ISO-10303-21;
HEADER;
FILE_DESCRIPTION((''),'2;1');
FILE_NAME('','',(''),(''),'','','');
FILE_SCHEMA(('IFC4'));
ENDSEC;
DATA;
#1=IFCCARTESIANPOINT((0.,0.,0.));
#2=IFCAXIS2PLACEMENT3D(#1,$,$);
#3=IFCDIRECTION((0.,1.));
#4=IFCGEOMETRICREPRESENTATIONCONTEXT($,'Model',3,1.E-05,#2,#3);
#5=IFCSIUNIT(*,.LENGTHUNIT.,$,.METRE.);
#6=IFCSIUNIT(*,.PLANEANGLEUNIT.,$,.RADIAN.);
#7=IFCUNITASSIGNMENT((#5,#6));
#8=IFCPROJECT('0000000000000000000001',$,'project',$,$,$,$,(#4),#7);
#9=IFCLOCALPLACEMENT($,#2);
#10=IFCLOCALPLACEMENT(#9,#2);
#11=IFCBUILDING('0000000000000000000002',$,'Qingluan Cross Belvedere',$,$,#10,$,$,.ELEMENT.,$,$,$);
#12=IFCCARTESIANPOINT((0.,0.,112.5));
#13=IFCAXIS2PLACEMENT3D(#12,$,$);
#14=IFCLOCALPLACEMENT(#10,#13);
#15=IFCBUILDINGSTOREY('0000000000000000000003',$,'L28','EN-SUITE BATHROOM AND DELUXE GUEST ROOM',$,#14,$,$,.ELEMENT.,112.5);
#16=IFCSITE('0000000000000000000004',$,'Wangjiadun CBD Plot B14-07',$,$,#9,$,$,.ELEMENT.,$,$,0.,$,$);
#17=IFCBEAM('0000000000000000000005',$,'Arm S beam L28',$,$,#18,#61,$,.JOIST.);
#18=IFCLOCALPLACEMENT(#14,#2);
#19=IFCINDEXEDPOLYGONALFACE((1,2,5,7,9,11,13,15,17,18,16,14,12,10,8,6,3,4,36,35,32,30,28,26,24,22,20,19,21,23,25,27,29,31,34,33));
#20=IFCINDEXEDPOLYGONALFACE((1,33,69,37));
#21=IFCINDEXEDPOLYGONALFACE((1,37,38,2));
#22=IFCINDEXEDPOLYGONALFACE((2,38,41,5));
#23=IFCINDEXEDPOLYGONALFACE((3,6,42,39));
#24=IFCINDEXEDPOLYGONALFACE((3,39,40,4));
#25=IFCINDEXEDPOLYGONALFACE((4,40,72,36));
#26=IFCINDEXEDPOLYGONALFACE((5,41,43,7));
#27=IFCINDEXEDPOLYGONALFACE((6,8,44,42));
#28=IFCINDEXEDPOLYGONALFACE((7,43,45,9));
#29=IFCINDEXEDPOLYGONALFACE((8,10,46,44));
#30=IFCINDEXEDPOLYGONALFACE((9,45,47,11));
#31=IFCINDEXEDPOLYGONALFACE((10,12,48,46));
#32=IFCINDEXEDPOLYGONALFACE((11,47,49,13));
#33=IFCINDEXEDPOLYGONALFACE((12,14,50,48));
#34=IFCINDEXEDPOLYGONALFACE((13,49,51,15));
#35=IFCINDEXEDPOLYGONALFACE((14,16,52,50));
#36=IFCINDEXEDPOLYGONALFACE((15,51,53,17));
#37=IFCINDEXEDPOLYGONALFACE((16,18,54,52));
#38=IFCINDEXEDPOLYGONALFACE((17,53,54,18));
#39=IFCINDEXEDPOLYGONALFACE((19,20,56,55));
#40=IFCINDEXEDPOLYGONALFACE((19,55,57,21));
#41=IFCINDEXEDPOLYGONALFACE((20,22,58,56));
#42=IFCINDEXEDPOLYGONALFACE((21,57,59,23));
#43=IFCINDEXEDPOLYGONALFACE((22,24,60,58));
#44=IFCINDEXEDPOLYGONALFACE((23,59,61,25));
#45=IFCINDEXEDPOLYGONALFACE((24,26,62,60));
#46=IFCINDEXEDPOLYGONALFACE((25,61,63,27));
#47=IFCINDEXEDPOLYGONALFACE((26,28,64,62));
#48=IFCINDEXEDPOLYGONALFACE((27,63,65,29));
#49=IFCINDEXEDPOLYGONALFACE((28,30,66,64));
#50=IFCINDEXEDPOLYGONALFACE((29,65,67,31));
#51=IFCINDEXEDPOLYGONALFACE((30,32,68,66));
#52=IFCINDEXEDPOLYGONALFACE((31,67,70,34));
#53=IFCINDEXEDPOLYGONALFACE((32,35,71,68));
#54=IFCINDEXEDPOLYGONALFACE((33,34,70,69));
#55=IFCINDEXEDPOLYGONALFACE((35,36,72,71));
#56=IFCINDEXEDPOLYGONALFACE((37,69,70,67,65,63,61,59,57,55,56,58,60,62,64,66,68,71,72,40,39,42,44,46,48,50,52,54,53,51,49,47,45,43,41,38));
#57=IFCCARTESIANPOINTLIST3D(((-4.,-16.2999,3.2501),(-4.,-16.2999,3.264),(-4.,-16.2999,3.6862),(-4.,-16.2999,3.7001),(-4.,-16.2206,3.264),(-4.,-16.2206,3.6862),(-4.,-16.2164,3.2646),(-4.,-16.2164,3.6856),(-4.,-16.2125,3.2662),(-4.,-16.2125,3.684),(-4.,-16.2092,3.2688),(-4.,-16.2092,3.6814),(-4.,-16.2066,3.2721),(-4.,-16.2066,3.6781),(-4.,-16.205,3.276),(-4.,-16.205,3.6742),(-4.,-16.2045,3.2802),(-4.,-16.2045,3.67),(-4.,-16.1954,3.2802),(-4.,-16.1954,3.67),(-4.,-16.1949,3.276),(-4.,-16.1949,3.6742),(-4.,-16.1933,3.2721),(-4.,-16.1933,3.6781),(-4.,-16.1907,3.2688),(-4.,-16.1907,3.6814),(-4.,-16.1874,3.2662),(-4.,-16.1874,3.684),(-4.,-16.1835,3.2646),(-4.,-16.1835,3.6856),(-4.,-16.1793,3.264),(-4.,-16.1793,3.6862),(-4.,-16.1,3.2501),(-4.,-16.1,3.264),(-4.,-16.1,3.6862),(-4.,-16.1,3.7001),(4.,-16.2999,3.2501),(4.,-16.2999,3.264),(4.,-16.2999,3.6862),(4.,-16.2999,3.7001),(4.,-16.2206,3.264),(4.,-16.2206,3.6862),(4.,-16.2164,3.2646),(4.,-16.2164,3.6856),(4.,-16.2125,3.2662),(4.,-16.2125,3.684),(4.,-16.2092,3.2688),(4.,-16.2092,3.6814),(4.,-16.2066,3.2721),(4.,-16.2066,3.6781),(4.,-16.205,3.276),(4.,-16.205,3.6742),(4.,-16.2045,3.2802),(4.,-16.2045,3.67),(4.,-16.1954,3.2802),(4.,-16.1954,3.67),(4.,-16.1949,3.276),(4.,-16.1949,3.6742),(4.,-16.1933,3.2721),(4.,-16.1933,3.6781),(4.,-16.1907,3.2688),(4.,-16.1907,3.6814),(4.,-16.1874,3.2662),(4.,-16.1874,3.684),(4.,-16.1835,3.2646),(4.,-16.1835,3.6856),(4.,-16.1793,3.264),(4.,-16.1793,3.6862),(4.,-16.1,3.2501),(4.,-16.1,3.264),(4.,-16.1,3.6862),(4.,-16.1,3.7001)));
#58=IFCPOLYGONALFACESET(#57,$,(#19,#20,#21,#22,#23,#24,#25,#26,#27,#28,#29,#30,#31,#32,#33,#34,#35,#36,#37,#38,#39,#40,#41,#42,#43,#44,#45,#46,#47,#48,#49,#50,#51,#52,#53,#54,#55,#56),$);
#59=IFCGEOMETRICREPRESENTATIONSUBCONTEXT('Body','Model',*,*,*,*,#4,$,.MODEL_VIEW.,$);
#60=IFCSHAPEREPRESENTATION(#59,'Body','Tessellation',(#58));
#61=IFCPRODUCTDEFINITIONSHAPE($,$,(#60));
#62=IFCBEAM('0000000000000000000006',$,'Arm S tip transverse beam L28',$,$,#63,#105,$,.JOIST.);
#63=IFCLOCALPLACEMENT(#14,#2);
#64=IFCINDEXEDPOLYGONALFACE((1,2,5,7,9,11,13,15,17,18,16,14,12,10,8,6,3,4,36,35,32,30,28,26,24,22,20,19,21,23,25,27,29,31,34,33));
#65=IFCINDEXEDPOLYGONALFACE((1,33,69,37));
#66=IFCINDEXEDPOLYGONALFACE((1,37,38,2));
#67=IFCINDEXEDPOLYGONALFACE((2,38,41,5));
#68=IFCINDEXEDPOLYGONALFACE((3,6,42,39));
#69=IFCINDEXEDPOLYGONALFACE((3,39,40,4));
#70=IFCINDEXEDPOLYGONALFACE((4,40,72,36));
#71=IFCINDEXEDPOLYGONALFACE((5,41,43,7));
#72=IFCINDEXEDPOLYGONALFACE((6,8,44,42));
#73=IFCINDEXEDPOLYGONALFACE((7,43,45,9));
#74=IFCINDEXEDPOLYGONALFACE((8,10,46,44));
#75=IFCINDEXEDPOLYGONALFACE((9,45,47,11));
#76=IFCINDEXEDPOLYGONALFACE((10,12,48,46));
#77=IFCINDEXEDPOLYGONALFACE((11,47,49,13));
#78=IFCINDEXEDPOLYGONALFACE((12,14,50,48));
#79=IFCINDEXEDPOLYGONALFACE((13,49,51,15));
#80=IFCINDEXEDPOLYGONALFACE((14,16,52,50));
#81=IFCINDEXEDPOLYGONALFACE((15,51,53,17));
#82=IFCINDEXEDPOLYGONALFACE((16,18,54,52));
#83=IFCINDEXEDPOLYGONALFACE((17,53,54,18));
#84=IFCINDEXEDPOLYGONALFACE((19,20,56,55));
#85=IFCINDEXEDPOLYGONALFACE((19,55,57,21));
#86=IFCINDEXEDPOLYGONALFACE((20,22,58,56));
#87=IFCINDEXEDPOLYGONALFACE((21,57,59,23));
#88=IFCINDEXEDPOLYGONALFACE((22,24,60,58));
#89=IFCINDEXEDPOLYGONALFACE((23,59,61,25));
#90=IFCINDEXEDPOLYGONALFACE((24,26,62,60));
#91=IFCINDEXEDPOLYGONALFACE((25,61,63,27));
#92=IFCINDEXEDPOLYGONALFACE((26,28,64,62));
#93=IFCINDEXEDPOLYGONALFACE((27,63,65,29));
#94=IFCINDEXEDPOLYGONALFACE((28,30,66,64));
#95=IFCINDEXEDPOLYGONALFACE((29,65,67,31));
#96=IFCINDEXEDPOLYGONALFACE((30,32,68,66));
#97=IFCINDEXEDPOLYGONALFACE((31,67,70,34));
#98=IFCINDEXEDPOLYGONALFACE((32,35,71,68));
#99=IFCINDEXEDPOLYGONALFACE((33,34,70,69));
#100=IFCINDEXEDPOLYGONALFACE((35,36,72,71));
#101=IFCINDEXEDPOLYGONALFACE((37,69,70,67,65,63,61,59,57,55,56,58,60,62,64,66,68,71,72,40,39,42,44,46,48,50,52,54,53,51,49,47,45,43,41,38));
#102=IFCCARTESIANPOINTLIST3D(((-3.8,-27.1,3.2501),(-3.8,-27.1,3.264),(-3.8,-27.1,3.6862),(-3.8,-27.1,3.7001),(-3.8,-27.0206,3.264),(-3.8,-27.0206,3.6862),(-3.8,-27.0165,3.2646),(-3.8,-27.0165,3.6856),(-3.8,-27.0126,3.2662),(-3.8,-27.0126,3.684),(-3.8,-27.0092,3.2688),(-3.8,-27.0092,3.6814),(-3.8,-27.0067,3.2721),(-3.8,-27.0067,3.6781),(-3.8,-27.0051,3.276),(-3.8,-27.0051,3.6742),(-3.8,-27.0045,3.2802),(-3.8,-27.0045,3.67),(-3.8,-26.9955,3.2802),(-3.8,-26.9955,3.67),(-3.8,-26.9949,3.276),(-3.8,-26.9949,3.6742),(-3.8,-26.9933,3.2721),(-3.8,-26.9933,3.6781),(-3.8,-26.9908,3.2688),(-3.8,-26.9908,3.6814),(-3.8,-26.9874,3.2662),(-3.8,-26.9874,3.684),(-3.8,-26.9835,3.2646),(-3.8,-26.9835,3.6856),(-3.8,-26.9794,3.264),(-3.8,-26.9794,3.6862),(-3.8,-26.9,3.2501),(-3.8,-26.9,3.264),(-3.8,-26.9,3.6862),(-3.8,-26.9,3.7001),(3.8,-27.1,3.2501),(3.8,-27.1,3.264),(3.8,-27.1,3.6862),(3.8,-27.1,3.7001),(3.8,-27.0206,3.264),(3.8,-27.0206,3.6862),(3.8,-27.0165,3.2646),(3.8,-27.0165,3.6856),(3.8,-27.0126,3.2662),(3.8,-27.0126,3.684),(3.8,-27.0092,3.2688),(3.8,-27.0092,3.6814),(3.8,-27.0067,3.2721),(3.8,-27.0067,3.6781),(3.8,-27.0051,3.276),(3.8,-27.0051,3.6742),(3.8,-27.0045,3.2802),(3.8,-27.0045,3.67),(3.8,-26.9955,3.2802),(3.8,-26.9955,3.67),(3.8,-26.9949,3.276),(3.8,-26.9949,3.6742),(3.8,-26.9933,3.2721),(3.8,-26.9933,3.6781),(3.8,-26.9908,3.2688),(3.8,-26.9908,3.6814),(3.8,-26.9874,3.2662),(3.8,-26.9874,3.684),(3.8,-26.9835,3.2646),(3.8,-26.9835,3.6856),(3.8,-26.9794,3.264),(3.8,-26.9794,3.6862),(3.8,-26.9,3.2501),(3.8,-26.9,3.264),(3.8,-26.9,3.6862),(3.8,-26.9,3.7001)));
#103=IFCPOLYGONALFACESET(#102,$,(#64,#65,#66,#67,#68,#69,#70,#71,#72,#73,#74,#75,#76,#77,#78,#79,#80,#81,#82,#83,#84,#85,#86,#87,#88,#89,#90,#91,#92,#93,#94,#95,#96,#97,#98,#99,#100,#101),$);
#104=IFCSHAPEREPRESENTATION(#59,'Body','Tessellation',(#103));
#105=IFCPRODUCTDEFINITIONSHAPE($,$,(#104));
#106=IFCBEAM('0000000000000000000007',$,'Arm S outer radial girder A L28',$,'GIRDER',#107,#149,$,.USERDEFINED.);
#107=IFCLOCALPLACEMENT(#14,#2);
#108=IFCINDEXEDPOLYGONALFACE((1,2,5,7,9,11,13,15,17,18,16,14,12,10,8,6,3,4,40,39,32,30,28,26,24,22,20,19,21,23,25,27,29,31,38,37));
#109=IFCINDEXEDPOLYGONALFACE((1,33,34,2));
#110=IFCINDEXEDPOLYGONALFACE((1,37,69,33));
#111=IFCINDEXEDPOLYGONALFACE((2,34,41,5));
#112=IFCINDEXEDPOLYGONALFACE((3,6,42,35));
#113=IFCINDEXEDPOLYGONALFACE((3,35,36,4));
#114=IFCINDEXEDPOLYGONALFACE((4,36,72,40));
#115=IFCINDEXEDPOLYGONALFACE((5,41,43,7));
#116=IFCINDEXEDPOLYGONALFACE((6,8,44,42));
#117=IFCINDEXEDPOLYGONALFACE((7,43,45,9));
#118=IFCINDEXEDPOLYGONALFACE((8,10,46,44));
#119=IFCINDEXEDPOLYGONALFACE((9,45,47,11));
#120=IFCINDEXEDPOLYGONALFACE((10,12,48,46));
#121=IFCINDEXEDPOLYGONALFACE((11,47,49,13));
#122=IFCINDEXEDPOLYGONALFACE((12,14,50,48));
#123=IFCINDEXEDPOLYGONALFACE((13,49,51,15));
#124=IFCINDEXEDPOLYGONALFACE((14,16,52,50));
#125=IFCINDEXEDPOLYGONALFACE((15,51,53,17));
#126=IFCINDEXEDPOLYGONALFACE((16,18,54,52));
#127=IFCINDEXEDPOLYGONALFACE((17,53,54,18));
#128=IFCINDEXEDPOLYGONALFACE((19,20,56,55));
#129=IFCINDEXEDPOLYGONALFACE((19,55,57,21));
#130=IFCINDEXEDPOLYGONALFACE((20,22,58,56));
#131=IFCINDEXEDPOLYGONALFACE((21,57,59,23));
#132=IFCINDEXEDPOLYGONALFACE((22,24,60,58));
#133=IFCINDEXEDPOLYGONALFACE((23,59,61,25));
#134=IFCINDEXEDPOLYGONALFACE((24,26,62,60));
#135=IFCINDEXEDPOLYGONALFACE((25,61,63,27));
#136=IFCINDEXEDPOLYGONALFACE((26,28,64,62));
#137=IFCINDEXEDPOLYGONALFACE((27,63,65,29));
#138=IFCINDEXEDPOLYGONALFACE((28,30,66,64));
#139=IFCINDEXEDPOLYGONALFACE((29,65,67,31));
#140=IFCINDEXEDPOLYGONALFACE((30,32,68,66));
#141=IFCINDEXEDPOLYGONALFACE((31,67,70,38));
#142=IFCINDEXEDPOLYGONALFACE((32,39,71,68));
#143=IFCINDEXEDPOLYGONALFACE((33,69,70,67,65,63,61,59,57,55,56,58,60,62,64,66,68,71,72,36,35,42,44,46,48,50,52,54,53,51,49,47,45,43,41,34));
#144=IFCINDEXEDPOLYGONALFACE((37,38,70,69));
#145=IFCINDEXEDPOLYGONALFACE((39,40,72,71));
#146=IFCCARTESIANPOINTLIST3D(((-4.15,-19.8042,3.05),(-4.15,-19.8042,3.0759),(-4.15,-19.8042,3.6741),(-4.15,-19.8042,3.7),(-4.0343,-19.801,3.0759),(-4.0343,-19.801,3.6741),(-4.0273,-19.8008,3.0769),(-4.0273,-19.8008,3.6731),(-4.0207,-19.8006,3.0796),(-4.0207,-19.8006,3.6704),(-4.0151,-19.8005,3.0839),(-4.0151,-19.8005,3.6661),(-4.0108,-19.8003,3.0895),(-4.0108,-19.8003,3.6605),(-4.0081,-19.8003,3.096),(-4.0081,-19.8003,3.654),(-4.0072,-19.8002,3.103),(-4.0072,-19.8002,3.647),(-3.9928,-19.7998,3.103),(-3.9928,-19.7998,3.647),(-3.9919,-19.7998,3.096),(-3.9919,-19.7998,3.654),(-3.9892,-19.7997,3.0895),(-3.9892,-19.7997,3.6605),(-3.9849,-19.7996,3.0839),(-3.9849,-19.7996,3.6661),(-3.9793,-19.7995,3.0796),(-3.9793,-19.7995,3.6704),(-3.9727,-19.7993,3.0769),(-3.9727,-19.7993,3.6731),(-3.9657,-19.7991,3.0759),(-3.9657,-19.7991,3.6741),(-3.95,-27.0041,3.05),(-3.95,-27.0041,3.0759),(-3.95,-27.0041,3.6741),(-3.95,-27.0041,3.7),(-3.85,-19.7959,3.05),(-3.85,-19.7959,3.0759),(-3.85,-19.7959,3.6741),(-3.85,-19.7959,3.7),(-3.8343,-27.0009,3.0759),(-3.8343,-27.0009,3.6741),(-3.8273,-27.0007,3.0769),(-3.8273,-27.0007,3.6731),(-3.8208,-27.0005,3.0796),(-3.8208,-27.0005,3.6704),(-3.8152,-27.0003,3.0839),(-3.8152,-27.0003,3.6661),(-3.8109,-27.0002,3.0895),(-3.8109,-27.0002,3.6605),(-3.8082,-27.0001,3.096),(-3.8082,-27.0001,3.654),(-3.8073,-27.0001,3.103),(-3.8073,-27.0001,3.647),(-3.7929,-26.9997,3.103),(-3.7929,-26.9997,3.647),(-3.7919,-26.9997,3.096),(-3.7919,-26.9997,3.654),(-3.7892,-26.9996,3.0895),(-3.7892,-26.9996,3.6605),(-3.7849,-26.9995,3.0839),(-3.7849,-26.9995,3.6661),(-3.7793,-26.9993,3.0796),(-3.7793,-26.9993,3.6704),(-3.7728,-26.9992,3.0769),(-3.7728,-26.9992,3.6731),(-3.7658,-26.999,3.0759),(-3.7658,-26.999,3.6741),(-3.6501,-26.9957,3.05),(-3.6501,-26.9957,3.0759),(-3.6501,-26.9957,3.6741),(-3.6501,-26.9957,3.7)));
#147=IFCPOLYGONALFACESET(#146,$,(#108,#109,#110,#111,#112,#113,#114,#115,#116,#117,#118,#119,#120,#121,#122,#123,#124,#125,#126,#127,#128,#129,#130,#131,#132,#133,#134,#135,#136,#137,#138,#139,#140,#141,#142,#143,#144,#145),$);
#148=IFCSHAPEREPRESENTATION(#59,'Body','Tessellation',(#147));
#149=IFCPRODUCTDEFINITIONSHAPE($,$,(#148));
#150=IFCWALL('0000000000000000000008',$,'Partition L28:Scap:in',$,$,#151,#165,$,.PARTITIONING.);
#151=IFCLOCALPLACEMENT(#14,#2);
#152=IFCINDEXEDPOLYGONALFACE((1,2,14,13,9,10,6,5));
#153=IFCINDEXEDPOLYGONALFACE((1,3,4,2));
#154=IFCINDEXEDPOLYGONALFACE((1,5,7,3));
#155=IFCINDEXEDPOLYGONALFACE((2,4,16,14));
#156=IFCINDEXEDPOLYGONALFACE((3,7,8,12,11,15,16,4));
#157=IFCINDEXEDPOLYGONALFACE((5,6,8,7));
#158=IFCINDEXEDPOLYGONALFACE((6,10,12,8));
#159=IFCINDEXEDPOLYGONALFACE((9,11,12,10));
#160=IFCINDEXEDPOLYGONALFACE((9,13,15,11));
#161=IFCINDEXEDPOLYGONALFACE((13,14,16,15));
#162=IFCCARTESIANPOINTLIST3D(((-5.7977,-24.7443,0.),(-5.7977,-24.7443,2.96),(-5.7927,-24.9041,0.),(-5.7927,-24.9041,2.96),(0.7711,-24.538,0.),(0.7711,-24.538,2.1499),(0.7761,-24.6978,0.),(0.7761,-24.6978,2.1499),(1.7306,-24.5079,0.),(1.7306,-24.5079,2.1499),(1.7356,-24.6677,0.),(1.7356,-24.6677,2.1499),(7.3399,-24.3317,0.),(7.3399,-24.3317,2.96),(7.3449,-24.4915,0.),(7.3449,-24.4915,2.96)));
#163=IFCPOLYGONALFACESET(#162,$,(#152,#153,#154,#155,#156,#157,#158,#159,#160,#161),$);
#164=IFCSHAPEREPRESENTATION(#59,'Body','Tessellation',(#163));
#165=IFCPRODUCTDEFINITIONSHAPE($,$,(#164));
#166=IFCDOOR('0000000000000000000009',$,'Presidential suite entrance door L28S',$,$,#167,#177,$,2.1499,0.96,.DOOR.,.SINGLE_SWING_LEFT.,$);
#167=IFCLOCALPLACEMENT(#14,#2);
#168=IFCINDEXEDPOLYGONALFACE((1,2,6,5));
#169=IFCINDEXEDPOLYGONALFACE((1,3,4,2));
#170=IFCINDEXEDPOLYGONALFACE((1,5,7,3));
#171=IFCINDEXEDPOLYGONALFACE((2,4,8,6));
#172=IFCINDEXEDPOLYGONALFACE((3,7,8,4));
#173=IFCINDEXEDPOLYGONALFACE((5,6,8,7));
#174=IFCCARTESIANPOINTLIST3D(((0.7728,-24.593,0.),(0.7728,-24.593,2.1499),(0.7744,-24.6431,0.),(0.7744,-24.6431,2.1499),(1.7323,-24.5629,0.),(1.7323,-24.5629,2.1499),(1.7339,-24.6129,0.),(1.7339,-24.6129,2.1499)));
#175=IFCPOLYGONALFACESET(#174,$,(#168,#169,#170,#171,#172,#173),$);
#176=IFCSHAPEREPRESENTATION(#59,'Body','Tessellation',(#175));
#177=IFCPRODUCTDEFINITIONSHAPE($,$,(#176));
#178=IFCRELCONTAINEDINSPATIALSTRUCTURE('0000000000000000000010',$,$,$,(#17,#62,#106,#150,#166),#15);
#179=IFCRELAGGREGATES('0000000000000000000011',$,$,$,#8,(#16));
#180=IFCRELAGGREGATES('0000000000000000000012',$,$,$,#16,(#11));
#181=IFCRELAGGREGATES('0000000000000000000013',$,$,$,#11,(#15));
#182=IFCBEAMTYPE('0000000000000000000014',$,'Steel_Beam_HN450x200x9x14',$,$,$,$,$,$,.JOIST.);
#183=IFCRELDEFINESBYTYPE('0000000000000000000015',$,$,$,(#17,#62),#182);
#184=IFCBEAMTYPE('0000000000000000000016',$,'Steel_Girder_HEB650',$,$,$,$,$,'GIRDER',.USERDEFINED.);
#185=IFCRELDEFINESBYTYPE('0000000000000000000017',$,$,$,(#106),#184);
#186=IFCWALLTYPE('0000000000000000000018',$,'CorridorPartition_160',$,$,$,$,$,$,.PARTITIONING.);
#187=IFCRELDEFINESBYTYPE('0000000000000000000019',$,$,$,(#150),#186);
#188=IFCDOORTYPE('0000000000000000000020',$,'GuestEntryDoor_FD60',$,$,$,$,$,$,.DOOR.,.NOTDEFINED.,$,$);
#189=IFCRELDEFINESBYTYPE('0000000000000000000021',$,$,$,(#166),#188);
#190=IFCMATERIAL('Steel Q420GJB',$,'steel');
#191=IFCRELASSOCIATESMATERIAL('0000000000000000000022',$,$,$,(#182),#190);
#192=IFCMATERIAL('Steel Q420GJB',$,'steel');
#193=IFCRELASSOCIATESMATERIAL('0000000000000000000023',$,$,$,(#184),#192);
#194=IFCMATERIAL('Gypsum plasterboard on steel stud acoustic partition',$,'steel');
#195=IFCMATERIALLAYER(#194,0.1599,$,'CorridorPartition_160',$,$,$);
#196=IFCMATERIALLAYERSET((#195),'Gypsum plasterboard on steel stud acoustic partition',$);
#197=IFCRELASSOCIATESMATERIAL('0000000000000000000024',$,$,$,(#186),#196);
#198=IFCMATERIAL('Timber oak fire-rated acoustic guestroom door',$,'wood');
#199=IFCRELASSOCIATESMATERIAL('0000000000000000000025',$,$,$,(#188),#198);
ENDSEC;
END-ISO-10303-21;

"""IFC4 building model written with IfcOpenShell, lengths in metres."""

from ifc_helpers import new_model, si_unit, direction, frame, frame_2d, origin, origin_2d, place, context, subcontext, project, spatial, rectangle, i_section, extrude, material, layer, layer_set, material_profile, profile_set, type_object, element, fill, save


model = new_model("IFC4")

# Units and contexts
model_context = context("Model", 3, precision=1e-05, world=origin(), true_north=direction((0.0, 1.0)))
body_context = subcontext(model_context, "Body", "Model", "MODEL_VIEW")
ifc_project = project(units=[si_unit("LENGTHUNIT", "METRE"), si_unit("PLANEANGLEUNIT", "RADIAN")], contexts=[model_context])

# Site, building, storey
site_placement = place(None, origin())
site = spatial("IfcSite", under=ifc_project, at=site_placement, Name="Wangjiadun CBD Plot B14-07", CompositionType="ELEMENT", RefElevation=0.0)
building_placement = place(site_placement, origin())
building = spatial("IfcBuilding", under=site, at=building_placement, Name="Qingluan Cross Belvedere", CompositionType="ELEMENT")
storey_placement = place(building_placement, frame((0.0, 0.0, 112.5)))
storey = spatial("IfcBuildingStorey", under=building, at=storey_placement, Name="L28", Description="EN-SUITE BATHROOM AND DELUXE GUEST ROOM", CompositionType="ELEMENT", Elevation=112.5)

# Beams
ifc_material_1 = material(Name="Steel Q420GJB", Category="steel")
ifc_material_profile_1 = material_profile(ifc_material_1, i_section(OverallWidth=0.2, OverallDepth=0.45, WebThickness=0.009, FlangeThickness=0.0139, FilletRadius=0.0161, at=origin_2d()), Name="HN450x200x9x14")
ifc_profile_set_1 = profile_set([ifc_material_profile_1], Name="Steel Q420GJB")
beam_type_1 = type_object("IfcBeamType", Name="Steel_Beam_HN450x200x9x14", PredefinedType="JOIST", material=ifc_profile_set_1)
for number, where, z_axis, x_axis, name in (
    (1, (-4.0, -16.2, 3.4751), (1.0, 0.0, 0.0), (0.0, 1.0, 0.0), "Arm S beam L28"),
):
    element("IfcBeam", number, at=place(storey_placement, frame(where, z_axis=z_axis, x_axis=x_axis)), inside=storey, type_object=beam_type_1, Name=name, PredefinedType="JOIST", context=body_context, shape_type="SweptSolid", body=[
        extrude(i_section(OverallWidth=0.2, OverallDepth=0.45, WebThickness=0.009, FlangeThickness=0.0139, FilletRadius=0.0161, at=origin_2d()), origin(), (0.0, 0.0, 1.0), 8.0),
    ])
beam_1_placement = place(storey_placement, frame((-3.8, -27.0, 3.4751), z_axis=(1.0, 0.0, 0.0), x_axis=(0.0, 1.0, 0.0)))
element("IfcBeam", 2, at=beam_1_placement, inside=storey, type_object=beam_type_1, Name="Arm S tip transverse beam L28", PredefinedType="JOIST", context=body_context, shape_type="SweptSolid", body=[
    extrude(i_section(OverallWidth=0.2, OverallDepth=0.45, WebThickness=0.009, FlangeThickness=0.0139, FilletRadius=0.0161, at=origin_2d()), origin(), (0.0, 0.0, 1.0), 7.6001),
])
ifc_material_2 = material(Name="Steel Q420GJB", Category="steel")
ifc_material_profile_2 = material_profile(ifc_material_2, i_section(OverallWidth=0.3, OverallDepth=0.6499, WebThickness=0.0144, FlangeThickness=0.0259, FilletRadius=0.0271, at=origin_2d()), Name="HEB650")
ifc_profile_set_2 = profile_set([ifc_material_profile_2], Name="Steel Q420GJB")
beam_type_2 = type_object("IfcBeamType", Name="Steel_Girder_HEB650", ElementType="GIRDER", PredefinedType="USERDEFINED", material=ifc_profile_set_2)
beam_2_placement = place(storey_placement, frame((-4.0, -19.8, 3.375), z_axis=(0.02776, -0.999615, 0.0), x_axis=(0.999615, 0.02776, 0.0)))
element("IfcBeam", 3, at=beam_2_placement, inside=storey, type_object=beam_type_2, Name="Arm S outer radial girder A L28", ObjectType="GIRDER", PredefinedType="USERDEFINED", context=body_context, shape_type="SweptSolid", body=[
    extrude(i_section(OverallWidth=0.3, OverallDepth=0.6499, WebThickness=0.0144, FlangeThickness=0.0259, FilletRadius=0.0271, at=origin_2d()), origin(), (0.0, 0.0, 1.0), 7.2026),
])

# Wall, opening, door
ifc_material_3 = material(Name="Gypsum plasterboard on steel stud acoustic partition", Category="steel")
ifc_layer_1 = layer(ifc_material_3, 0.1599, Name="CorridorPartition_160")
ifc_layer_set_1 = layer_set([ifc_layer_1], Name="Gypsum plasterboard on steel stud acoustic partition")
wall_type_1 = type_object("IfcWallType", Name="CorridorPartition_160", PredefinedType="PARTITIONING", material=ifc_layer_set_1)
wall_1_placement = place(storey_placement, frame((-5.7952, -24.8242, 0.0), z_axis=(0.0, 0.0, 1.0), x_axis=(0.999507, 0.031391, 0.0)))
wall_1 = element("IfcWall", 4, at=wall_1_placement, inside=storey, type_object=wall_type_1, Name="Partition L28:Scap:in", PredefinedType="PARTITIONING", context=body_context, shape_type="SweptSolid", body=[
    extrude(rectangle(XDim=13.144, YDim=0.1599, at=frame_2d((6.572, 0.0))), origin(), (0.0, 0.0, 1.0), 2.96),
])
opening_1_placement = place(wall_1_placement, frame((6.572, 0.0, 0.0)))
opening_1 = element("IfcOpeningElement", 5, at=opening_1_placement, cuts=wall_1, PredefinedType="OPENING", context=body_context, shape_type="SweptSolid", body=[
    extrude(rectangle(XDim=0.96, YDim=2.1499, at=frame_2d((0.48, 1.075))), frame((0.0, 0.0898, 0.0), z_axis=(0.0, -1.0, 0.0), x_axis=(1.0, 0.0, 0.0)), (0.0, 0.0, 1.0), 0.1799),
])
ifc_material_4 = material(Name="Timber oak fire-rated acoustic guestroom door", Category="wood")
door_type = type_object("IfcDoorType", Name="GuestEntryDoor_FD60", OperationType="NOTDEFINED", PredefinedType="DOOR", material=ifc_material_4)
door_placement = place(opening_1_placement, origin())
door = element("IfcDoor", 6, at=door_placement, inside=storey, type_object=door_type, Name="Presidential suite entrance door L28S", OperationType="SINGLE_SWING_LEFT", OverallHeight=2.1499, OverallWidth=0.96, PredefinedType="DOOR", context=body_context, shape_type="SweptSolid", body=[
    extrude(rectangle(XDim=0.96, YDim=2.1499, at=frame_2d((0.48, 1.075))), frame((0.0, 0.0249, 0.0), z_axis=(0.0, -1.0, 0.0), x_axis=(1.0, 0.0, 0.0)), (0.0, 0.0, 1.0), 0.05),
])
fill(opening_1, door)

save(model, "model.ifc")
